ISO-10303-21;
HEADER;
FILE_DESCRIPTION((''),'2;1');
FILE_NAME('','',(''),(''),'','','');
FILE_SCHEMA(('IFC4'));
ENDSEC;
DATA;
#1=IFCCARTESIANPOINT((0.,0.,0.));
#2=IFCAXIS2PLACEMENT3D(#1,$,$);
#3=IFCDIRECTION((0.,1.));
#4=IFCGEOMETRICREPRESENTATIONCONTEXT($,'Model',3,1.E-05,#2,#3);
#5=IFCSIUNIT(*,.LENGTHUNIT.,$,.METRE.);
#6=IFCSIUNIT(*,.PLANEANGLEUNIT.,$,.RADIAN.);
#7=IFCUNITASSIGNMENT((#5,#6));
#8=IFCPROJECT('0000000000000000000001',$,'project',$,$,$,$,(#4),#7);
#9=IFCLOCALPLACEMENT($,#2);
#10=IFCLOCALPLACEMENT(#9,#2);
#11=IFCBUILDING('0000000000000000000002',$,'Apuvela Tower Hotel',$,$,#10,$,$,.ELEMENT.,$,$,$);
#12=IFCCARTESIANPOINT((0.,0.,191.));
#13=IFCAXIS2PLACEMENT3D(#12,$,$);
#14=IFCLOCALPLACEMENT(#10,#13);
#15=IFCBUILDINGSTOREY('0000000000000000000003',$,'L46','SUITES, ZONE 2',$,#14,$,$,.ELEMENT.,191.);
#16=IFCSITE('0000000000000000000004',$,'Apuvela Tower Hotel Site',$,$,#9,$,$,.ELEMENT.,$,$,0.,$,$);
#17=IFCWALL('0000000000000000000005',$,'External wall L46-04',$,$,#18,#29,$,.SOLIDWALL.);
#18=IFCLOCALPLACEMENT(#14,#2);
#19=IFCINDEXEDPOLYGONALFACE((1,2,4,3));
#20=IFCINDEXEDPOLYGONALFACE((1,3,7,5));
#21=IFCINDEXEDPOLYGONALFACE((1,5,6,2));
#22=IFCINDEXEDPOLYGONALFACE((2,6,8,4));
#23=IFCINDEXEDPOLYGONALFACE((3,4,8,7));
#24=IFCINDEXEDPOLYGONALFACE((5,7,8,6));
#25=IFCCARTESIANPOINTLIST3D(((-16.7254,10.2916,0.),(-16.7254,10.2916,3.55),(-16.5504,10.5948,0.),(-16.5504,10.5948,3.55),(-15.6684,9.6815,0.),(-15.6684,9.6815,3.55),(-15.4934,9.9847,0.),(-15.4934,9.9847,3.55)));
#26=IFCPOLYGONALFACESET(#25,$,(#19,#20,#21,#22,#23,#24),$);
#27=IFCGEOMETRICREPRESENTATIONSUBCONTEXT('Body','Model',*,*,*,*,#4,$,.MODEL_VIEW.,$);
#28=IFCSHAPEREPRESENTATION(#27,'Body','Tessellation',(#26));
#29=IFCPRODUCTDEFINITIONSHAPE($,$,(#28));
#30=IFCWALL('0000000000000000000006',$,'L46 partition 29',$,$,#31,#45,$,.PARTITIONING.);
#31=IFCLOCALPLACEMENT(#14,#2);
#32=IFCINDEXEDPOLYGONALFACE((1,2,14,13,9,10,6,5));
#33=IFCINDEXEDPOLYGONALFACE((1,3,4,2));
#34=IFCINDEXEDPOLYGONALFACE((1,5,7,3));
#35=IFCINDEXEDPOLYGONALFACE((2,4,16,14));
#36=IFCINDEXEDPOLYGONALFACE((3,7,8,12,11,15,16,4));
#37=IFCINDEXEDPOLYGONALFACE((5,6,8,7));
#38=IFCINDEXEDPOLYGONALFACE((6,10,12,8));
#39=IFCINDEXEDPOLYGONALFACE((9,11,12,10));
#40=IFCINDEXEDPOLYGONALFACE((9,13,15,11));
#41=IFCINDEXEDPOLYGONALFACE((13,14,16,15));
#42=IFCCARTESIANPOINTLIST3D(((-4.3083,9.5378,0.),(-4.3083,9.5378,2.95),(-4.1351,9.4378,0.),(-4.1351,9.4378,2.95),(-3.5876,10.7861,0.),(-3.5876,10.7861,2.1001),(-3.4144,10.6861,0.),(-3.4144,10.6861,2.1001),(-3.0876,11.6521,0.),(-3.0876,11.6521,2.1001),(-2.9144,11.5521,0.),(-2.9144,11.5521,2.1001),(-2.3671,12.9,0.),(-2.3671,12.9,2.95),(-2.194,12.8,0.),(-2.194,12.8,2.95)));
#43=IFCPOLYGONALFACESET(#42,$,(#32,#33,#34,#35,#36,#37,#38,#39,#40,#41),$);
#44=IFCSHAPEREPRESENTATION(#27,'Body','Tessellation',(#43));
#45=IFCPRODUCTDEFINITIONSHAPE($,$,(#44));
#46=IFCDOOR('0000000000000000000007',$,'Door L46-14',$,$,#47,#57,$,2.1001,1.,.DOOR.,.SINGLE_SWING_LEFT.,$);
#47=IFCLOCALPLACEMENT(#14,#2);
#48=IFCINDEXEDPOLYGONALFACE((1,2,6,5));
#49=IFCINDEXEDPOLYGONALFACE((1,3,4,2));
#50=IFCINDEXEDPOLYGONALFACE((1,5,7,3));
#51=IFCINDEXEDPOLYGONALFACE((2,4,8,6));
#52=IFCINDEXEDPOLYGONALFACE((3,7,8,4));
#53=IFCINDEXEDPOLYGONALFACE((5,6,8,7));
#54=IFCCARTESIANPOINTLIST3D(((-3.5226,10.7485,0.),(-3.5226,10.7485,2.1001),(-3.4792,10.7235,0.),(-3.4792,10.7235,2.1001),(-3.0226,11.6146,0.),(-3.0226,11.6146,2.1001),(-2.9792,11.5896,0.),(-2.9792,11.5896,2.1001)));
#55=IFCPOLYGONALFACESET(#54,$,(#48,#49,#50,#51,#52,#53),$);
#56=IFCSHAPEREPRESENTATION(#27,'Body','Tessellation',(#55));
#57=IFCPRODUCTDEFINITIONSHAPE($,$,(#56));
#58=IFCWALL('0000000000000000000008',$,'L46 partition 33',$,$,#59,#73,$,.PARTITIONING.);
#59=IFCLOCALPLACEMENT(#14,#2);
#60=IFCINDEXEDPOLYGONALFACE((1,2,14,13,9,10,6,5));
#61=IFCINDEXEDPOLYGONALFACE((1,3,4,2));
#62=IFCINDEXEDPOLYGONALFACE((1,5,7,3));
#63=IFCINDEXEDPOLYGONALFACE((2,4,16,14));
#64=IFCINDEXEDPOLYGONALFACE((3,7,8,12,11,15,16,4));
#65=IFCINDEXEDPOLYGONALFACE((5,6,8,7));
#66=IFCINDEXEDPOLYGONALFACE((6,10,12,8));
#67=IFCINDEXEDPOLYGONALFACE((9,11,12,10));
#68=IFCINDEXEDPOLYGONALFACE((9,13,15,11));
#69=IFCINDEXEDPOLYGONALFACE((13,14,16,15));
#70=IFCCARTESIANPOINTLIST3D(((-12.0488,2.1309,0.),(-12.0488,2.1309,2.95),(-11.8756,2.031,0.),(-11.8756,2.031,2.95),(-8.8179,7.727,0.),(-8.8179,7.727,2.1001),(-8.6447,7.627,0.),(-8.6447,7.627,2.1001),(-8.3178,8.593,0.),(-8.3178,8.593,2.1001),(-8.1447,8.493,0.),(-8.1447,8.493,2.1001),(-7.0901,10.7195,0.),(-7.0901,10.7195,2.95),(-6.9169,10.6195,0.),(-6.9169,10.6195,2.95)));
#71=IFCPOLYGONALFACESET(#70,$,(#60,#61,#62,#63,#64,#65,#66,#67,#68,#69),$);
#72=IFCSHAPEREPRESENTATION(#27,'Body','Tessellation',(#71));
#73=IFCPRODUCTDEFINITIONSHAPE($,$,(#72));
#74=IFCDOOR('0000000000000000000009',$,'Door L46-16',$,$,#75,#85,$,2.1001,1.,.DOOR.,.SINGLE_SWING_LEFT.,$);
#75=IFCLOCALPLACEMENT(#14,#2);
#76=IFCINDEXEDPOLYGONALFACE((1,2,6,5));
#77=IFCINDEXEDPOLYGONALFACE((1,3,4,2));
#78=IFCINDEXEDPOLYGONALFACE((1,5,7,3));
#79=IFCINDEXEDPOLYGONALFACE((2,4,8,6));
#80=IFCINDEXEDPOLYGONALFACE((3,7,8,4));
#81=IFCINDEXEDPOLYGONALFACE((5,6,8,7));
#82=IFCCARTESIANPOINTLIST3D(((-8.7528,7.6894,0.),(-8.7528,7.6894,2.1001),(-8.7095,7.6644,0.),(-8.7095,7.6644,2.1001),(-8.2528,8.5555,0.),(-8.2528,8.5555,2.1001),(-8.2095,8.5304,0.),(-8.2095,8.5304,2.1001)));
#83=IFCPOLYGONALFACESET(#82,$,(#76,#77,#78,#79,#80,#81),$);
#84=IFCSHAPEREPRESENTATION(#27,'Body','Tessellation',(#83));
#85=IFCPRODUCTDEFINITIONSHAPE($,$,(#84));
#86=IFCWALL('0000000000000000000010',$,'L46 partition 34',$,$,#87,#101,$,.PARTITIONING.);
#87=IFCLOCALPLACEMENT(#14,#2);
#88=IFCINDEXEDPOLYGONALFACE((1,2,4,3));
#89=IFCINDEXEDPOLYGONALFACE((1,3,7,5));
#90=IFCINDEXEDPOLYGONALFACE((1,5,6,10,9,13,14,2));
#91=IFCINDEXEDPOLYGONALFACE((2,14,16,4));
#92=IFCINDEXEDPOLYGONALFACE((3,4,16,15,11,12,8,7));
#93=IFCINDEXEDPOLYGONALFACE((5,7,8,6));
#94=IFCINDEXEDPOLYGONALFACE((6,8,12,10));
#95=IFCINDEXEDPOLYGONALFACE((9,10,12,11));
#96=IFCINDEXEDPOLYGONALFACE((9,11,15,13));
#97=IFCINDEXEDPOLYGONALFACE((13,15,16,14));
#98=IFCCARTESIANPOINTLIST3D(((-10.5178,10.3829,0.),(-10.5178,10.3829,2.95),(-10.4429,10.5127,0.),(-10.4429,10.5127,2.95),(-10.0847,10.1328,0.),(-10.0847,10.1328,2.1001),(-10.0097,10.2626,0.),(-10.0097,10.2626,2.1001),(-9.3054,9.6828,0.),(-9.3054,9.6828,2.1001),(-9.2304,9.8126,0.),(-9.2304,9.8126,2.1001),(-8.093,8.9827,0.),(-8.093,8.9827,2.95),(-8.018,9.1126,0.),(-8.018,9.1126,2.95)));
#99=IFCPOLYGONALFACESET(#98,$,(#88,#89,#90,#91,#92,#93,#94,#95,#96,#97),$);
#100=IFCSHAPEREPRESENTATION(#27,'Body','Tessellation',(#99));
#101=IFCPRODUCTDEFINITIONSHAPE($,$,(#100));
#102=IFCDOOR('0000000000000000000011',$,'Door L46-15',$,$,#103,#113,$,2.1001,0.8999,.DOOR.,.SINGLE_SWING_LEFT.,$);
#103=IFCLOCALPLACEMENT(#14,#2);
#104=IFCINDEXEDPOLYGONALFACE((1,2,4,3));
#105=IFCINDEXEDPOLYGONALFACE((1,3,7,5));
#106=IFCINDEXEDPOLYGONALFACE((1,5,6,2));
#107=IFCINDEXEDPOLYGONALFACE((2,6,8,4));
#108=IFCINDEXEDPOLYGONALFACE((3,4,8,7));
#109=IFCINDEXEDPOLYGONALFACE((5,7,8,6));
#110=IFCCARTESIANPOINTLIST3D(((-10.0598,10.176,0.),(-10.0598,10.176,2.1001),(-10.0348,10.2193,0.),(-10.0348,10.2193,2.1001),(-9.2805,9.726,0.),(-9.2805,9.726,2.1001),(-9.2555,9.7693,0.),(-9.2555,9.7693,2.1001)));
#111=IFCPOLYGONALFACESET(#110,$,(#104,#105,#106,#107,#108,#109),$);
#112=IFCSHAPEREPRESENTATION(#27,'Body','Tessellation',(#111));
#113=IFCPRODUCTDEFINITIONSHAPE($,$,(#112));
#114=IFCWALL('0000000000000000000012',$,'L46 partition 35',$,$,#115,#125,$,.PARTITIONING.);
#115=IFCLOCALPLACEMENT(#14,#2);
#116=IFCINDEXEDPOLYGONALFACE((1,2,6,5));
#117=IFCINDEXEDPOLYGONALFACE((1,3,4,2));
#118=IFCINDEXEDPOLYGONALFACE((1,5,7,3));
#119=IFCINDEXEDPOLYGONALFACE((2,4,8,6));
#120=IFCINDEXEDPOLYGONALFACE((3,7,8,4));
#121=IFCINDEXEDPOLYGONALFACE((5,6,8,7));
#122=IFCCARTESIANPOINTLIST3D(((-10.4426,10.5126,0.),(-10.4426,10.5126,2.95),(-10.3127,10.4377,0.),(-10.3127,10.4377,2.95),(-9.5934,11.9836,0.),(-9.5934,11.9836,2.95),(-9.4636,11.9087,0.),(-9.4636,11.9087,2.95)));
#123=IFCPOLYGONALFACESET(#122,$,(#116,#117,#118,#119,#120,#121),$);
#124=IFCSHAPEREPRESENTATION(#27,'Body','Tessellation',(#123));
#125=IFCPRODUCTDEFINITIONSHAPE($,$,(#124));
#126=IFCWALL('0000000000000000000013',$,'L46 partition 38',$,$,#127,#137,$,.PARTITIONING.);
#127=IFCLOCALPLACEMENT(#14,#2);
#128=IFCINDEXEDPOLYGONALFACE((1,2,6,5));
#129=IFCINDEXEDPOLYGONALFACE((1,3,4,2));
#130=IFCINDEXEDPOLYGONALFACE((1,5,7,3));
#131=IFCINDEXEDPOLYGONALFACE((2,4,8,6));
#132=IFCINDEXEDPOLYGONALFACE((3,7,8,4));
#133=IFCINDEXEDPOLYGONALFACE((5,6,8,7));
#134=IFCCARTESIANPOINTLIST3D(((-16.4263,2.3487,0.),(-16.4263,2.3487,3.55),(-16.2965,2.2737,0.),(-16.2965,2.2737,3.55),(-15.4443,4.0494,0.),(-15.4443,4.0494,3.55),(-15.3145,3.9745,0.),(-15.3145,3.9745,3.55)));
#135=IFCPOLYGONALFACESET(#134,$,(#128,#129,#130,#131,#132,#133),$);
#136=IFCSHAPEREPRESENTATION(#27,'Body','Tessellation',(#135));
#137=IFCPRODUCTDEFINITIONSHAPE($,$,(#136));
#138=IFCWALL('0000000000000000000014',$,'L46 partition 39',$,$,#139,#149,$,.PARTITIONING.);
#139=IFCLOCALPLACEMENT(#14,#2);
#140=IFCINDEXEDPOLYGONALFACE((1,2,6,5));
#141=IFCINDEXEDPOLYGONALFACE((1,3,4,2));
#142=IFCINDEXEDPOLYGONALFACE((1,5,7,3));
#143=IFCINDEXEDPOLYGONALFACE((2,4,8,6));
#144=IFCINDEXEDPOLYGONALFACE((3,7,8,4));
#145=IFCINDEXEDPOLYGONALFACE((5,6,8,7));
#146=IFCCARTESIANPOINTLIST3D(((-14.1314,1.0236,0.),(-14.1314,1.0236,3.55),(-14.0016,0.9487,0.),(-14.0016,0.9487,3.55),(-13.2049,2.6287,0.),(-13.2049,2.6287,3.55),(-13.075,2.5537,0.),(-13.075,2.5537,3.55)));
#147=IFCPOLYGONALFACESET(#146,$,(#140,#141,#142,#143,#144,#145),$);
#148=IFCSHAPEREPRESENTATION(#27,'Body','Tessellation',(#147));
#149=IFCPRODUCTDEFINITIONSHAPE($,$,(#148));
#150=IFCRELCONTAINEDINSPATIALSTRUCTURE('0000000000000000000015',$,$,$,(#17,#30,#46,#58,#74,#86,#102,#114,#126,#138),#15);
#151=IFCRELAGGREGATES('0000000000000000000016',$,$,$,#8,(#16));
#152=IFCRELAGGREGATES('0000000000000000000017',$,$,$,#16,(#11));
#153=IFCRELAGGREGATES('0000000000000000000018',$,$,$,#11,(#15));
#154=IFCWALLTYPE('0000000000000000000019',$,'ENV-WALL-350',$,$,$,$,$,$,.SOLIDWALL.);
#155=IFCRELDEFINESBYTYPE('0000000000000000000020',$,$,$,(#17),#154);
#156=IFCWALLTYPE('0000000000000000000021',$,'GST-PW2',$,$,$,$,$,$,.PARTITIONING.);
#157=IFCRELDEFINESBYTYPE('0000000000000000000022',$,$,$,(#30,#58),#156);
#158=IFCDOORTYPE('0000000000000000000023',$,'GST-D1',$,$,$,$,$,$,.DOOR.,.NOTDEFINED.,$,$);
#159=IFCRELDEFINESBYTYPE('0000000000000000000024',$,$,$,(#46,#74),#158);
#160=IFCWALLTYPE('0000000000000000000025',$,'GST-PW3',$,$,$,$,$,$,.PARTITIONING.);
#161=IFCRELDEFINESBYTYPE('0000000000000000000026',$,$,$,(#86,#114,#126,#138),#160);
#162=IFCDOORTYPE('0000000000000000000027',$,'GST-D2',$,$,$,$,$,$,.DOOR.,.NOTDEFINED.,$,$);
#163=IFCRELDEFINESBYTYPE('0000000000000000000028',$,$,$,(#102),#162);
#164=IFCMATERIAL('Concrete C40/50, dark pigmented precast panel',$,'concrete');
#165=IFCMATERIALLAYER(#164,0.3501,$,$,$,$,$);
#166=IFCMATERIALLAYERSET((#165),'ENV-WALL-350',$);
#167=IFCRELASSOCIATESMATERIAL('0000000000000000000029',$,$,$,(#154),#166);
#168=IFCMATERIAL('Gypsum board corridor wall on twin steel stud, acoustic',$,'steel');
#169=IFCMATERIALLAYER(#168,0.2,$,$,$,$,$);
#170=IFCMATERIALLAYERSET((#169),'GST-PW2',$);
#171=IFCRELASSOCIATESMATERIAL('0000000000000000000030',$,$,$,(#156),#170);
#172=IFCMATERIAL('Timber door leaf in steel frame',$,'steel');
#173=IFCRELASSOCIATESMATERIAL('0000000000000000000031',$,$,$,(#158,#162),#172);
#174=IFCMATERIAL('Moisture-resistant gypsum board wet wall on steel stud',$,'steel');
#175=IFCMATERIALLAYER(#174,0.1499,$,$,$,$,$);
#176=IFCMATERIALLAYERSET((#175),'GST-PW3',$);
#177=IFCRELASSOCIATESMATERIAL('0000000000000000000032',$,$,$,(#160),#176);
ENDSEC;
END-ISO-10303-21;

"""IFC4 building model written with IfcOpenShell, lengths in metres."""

from ifc_helpers import new_model, si_unit, direction, frame, frame_2d, origin, place, context, subcontext, project, spatial, rectangle, extrude, material, layer, layer_set, type_object, element, fill, save


model = new_model("IFC4")

# Units and contexts
model_context = context("Model", 3, precision=1e-05, world=origin(), true_north=direction((0.0, 1.0)))
body_context = subcontext(model_context, "Body", "Model", "MODEL_VIEW")
ifc_project = project(units=[si_unit("LENGTHUNIT", "METRE"), si_unit("PLANEANGLEUNIT", "RADIAN")], contexts=[model_context])

# Site, building, storey
site_placement = place(None, origin())
site = spatial("IfcSite", under=ifc_project, at=site_placement, Name="Apuvela Tower Hotel Site", CompositionType="ELEMENT", RefElevation=0.0)
building_placement = place(site_placement, origin())
building = spatial("IfcBuilding", under=site, at=building_placement, Name="Apuvela Tower Hotel", CompositionType="ELEMENT")
storey_placement = place(building_placement, frame((0.0, 0.0, 191.0)))
storey = spatial("IfcBuildingStorey", under=building, at=storey_placement, Name="L46", Description="SUITES, ZONE 2", CompositionType="ELEMENT", Elevation=191.0)

# Wall
ifc_material_1 = material(Name="Concrete C40/50, dark pigmented precast panel", Category="concrete")
ifc_layer_1 = layer(ifc_material_1, 0.3501)
ifc_layer_set_1 = layer_set([ifc_layer_1], Name="ENV-WALL-350")
wall_type_1 = type_object("IfcWallType", Name="ENV-WALL-350", PredefinedType="SOLIDWALL", material=ifc_layer_set_1)
wall_1_placement = place(storey_placement, frame((-15.5808, 9.833, 0.0), z_axis=(0.0, 0.0, 1.0), x_axis=(-0.866056, 0.499948, 0.0)))
element("IfcWall", 1, at=wall_1_placement, inside=storey, type_object=wall_type_1, Name="External wall L46-04", PredefinedType="SOLIDWALL", context=body_context, shape_type="SweptSolid", body=[
    extrude(rectangle(XDim=1.2205, YDim=0.3501, at=frame_2d((0.6104, 0.0))), origin(), (0.0, 0.0, 1.0), 3.55),
])

# Walls, openings, doors
ifc_material_2 = material(Name="Gypsum board corridor wall on twin steel stud, acoustic", Category="steel")
ifc_layer_2 = layer(ifc_material_2, 0.2)
ifc_layer_set_2 = layer_set([ifc_layer_2], Name="GST-PW2")
wall_type_2 = type_object("IfcWallType", Name="GST-PW2", PredefinedType="PARTITIONING", material=ifc_layer_set_2)
wall_2_placement = place(storey_placement, frame((-4.2217, 9.4878, 0.0), z_axis=(0.0, 0.0, 1.0), x_axis=(0.499987, 0.866033, 0.0)))
wall_2 = element("IfcWall", 2, at=wall_2_placement, inside=storey, type_object=wall_type_2, Name="L46 partition 29", PredefinedType="PARTITIONING", context=body_context, shape_type="SweptSolid", body=[
    extrude(rectangle(XDim=3.8823, YDim=0.2, at=frame_2d((1.9412, 0.0))), origin(), (0.0, 0.0, 1.0), 2.95),
])
opening_1_placement = place(wall_2_placement, frame((1.4414, 0.0, 0.0)))
opening_1 = element("IfcOpeningElement", 3, at=opening_1_placement, cuts=wall_2, PredefinedType="OPENING", context=body_context, shape_type="SweptSolid", body=[
    extrude(rectangle(XDim=1.0, YDim=2.1001, at=frame_2d((0.5, 1.05))), frame((0.0, 0.1099, 0.0), z_axis=(0.0, -1.0, 0.0), x_axis=(1.0, 0.0, 0.0)), (0.0, 0.0, 1.0), 0.22),
])
ifc_material_3 = material(Name="Timber door leaf in steel frame", Category="steel")
door_type_1 = type_object("IfcDoorType", Name="GST-D1", OperationType="NOTDEFINED", PredefinedType="DOOR", material=ifc_material_3)
door_1_placement = place(opening_1_placement, origin())
door_1 = element("IfcDoor", 4, at=door_1_placement, inside=storey, type_object=door_type_1, Name="Door L46-14", OperationType="SINGLE_SWING_LEFT", OverallHeight=2.1001, OverallWidth=1.0, PredefinedType="DOOR", context=body_context, shape_type="SweptSolid", body=[
    extrude(rectangle(XDim=1.0, YDim=2.1001, at=frame_2d((0.5, 1.05))), frame((0.0, 0.0249, 0.0), z_axis=(0.0, -1.0, 0.0), x_axis=(1.0, 0.0, 0.0)), (0.0, 0.0, 1.0), 0.05),
])
fill(opening_1, door_1)
wall_3_placement = place(storey_placement, frame((-11.9622, 2.0811, 0.0), z_axis=(0.0, 0.0, 1.0), x_axis=(0.500007, 0.866021, 0.0)))
wall_3 = element("IfcWall", 5, at=wall_3_placement, inside=storey, type_object=wall_type_2, Name="L46 partition 33", PredefinedType="PARTITIONING", context=body_context, shape_type="SweptSolid", body=[
    extrude(rectangle(XDim=9.9172, YDim=0.2, at=frame_2d((4.9585, 0.0))), origin(), (0.0, 0.0, 1.0), 2.95),
])
opening_2_placement = place(wall_3_placement, frame((6.4617, 0.0, 0.0)))
opening_2 = element("IfcOpeningElement", 6, at=opening_2_placement, cuts=wall_3, PredefinedType="OPENING", context=body_context, shape_type="SweptSolid", body=[
    extrude(rectangle(XDim=1.0, YDim=2.1001, at=frame_2d((0.5, 1.05))), frame((0.0, 0.1099, 0.0), z_axis=(0.0, -1.0, 0.0), x_axis=(1.0, 0.0, 0.0)), (0.0, 0.0, 1.0), 0.22),
])
door_2_placement = place(opening_2_placement, origin())
door_2 = element("IfcDoor", 7, at=door_2_placement, inside=storey, type_object=door_type_1, Name="Door L46-16", OperationType="SINGLE_SWING_LEFT", OverallHeight=2.1001, OverallWidth=1.0, PredefinedType="DOOR", context=body_context, shape_type="SweptSolid", body=[
    extrude(rectangle(XDim=1.0, YDim=2.1001, at=frame_2d((0.5, 1.05))), frame((0.0, 0.0249, 0.0), z_axis=(0.0, -1.0, 0.0), x_axis=(1.0, 0.0, 0.0)), (0.0, 0.0, 1.0), 0.05),
])
fill(opening_2, door_2)
ifc_material_4 = material(Name="Moisture-resistant gypsum board wet wall on steel stud", Category="steel")
ifc_layer_3 = layer(ifc_material_4, 0.1499)
ifc_layer_set_3 = layer_set([ifc_layer_3], Name="GST-PW3")
wall_type_3 = type_object("IfcWallType", Name="GST-PW3", PredefinedType="PARTITIONING", material=ifc_layer_set_3)
wall_4_placement = place(storey_placement, frame((-10.4802, 10.4478, 0.0), z_axis=(0.0, 0.0, 1.0), x_axis=(0.865997, -0.50005, 0.0)))
wall_4 = element("IfcWall", 8, at=wall_4_placement, inside=storey, type_object=wall_type_3, Name="L46 partition 34", PredefinedType="PARTITIONING", context=body_context, shape_type="SweptSolid", body=[
    extrude(rectangle(XDim=2.8, YDim=0.1499, at=frame_2d((1.3999, 0.0))), origin(), (0.0, 0.0, 1.0), 2.95),
])
opening_3_placement = place(wall_4_placement, frame((0.5, 0.0, 0.0)))
opening_3 = element("IfcOpeningElement", 9, at=opening_3_placement, cuts=wall_4, PredefinedType="OPENING", context=body_context, shape_type="SweptSolid", body=[
    extrude(rectangle(XDim=0.8999, YDim=2.1001, at=frame_2d((0.45, 1.05))), frame((0.0, 0.085, 0.0), z_axis=(0.0, -1.0, 0.0), x_axis=(1.0, 0.0, 0.0)), (0.0, 0.0, 1.0), 0.1699),
])
door_type_2 = type_object("IfcDoorType", Name="GST-D2", OperationType="NOTDEFINED", PredefinedType="DOOR", material=ifc_material_3)
door_3_placement = place(opening_3_placement, origin())
door_3 = element("IfcDoor", 10, at=door_3_placement, inside=storey, type_object=door_type_2, Name="Door L46-15", OperationType="SINGLE_SWING_LEFT", OverallHeight=2.1001, OverallWidth=0.8999, PredefinedType="DOOR", context=body_context, shape_type="SweptSolid", body=[
    extrude(rectangle(XDim=0.8999, YDim=2.1001, at=frame_2d((0.45, 1.05))), frame((0.0, 0.0249, 0.0), z_axis=(0.0, -1.0, 0.0), x_axis=(1.0, 0.0, 0.0)), (0.0, 0.0, 1.0), 0.05),
])
fill(opening_3, door_3)

# Walls
wall_5_placement = place(storey_placement, frame((-9.5286, 11.946, 0.0), z_axis=(0.0, 0.0, 1.0), x_axis=(-0.499942, -0.866059, 0.0)))
element("IfcWall", 11, at=wall_5_placement, inside=storey, type_object=wall_type_3, Name="L46 partition 35", PredefinedType="PARTITIONING", context=body_context, shape_type="SweptSolid", body=[
    extrude(rectangle(XDim=1.6985, YDim=0.1499, at=frame_2d((0.8491, 0.0))), origin(), (0.0, 0.0, 1.0), 2.95),
])
wall_6_placement = place(storey_placement, frame((-15.3794, 4.012, 0.0), z_axis=(0.0, 0.0, 1.0), x_axis=(-0.500017, -0.866016, 0.0)))
element("IfcWall", 12, at=wall_6_placement, inside=storey, type_object=wall_type_3, Name="L46 partition 38", PredefinedType="PARTITIONING", context=body_context, shape_type="SweptSolid", body=[
    extrude(rectangle(XDim=1.9639, YDim=0.1499, at=frame_2d((0.9819, 0.0))), origin(), (0.0, 0.0, 1.0), 3.55),
])
wall_7_placement = place(storey_placement, frame((-13.1399, 2.5913, 0.0), z_axis=(0.0, 0.0, 1.0), x_axis=(-0.499951, -0.866054, 0.0)))
element("IfcWall", 13, at=wall_7_placement, inside=storey, type_object=wall_type_3, Name="L46 partition 39", PredefinedType="PARTITIONING", context=body_context, shape_type="SweptSolid", body=[
    extrude(rectangle(XDim=1.8533, YDim=0.1499, at=frame_2d((0.9268, 0.0))), origin(), (0.0, 0.0, 1.0), 3.55),
])

save(model, "model.ifc")
